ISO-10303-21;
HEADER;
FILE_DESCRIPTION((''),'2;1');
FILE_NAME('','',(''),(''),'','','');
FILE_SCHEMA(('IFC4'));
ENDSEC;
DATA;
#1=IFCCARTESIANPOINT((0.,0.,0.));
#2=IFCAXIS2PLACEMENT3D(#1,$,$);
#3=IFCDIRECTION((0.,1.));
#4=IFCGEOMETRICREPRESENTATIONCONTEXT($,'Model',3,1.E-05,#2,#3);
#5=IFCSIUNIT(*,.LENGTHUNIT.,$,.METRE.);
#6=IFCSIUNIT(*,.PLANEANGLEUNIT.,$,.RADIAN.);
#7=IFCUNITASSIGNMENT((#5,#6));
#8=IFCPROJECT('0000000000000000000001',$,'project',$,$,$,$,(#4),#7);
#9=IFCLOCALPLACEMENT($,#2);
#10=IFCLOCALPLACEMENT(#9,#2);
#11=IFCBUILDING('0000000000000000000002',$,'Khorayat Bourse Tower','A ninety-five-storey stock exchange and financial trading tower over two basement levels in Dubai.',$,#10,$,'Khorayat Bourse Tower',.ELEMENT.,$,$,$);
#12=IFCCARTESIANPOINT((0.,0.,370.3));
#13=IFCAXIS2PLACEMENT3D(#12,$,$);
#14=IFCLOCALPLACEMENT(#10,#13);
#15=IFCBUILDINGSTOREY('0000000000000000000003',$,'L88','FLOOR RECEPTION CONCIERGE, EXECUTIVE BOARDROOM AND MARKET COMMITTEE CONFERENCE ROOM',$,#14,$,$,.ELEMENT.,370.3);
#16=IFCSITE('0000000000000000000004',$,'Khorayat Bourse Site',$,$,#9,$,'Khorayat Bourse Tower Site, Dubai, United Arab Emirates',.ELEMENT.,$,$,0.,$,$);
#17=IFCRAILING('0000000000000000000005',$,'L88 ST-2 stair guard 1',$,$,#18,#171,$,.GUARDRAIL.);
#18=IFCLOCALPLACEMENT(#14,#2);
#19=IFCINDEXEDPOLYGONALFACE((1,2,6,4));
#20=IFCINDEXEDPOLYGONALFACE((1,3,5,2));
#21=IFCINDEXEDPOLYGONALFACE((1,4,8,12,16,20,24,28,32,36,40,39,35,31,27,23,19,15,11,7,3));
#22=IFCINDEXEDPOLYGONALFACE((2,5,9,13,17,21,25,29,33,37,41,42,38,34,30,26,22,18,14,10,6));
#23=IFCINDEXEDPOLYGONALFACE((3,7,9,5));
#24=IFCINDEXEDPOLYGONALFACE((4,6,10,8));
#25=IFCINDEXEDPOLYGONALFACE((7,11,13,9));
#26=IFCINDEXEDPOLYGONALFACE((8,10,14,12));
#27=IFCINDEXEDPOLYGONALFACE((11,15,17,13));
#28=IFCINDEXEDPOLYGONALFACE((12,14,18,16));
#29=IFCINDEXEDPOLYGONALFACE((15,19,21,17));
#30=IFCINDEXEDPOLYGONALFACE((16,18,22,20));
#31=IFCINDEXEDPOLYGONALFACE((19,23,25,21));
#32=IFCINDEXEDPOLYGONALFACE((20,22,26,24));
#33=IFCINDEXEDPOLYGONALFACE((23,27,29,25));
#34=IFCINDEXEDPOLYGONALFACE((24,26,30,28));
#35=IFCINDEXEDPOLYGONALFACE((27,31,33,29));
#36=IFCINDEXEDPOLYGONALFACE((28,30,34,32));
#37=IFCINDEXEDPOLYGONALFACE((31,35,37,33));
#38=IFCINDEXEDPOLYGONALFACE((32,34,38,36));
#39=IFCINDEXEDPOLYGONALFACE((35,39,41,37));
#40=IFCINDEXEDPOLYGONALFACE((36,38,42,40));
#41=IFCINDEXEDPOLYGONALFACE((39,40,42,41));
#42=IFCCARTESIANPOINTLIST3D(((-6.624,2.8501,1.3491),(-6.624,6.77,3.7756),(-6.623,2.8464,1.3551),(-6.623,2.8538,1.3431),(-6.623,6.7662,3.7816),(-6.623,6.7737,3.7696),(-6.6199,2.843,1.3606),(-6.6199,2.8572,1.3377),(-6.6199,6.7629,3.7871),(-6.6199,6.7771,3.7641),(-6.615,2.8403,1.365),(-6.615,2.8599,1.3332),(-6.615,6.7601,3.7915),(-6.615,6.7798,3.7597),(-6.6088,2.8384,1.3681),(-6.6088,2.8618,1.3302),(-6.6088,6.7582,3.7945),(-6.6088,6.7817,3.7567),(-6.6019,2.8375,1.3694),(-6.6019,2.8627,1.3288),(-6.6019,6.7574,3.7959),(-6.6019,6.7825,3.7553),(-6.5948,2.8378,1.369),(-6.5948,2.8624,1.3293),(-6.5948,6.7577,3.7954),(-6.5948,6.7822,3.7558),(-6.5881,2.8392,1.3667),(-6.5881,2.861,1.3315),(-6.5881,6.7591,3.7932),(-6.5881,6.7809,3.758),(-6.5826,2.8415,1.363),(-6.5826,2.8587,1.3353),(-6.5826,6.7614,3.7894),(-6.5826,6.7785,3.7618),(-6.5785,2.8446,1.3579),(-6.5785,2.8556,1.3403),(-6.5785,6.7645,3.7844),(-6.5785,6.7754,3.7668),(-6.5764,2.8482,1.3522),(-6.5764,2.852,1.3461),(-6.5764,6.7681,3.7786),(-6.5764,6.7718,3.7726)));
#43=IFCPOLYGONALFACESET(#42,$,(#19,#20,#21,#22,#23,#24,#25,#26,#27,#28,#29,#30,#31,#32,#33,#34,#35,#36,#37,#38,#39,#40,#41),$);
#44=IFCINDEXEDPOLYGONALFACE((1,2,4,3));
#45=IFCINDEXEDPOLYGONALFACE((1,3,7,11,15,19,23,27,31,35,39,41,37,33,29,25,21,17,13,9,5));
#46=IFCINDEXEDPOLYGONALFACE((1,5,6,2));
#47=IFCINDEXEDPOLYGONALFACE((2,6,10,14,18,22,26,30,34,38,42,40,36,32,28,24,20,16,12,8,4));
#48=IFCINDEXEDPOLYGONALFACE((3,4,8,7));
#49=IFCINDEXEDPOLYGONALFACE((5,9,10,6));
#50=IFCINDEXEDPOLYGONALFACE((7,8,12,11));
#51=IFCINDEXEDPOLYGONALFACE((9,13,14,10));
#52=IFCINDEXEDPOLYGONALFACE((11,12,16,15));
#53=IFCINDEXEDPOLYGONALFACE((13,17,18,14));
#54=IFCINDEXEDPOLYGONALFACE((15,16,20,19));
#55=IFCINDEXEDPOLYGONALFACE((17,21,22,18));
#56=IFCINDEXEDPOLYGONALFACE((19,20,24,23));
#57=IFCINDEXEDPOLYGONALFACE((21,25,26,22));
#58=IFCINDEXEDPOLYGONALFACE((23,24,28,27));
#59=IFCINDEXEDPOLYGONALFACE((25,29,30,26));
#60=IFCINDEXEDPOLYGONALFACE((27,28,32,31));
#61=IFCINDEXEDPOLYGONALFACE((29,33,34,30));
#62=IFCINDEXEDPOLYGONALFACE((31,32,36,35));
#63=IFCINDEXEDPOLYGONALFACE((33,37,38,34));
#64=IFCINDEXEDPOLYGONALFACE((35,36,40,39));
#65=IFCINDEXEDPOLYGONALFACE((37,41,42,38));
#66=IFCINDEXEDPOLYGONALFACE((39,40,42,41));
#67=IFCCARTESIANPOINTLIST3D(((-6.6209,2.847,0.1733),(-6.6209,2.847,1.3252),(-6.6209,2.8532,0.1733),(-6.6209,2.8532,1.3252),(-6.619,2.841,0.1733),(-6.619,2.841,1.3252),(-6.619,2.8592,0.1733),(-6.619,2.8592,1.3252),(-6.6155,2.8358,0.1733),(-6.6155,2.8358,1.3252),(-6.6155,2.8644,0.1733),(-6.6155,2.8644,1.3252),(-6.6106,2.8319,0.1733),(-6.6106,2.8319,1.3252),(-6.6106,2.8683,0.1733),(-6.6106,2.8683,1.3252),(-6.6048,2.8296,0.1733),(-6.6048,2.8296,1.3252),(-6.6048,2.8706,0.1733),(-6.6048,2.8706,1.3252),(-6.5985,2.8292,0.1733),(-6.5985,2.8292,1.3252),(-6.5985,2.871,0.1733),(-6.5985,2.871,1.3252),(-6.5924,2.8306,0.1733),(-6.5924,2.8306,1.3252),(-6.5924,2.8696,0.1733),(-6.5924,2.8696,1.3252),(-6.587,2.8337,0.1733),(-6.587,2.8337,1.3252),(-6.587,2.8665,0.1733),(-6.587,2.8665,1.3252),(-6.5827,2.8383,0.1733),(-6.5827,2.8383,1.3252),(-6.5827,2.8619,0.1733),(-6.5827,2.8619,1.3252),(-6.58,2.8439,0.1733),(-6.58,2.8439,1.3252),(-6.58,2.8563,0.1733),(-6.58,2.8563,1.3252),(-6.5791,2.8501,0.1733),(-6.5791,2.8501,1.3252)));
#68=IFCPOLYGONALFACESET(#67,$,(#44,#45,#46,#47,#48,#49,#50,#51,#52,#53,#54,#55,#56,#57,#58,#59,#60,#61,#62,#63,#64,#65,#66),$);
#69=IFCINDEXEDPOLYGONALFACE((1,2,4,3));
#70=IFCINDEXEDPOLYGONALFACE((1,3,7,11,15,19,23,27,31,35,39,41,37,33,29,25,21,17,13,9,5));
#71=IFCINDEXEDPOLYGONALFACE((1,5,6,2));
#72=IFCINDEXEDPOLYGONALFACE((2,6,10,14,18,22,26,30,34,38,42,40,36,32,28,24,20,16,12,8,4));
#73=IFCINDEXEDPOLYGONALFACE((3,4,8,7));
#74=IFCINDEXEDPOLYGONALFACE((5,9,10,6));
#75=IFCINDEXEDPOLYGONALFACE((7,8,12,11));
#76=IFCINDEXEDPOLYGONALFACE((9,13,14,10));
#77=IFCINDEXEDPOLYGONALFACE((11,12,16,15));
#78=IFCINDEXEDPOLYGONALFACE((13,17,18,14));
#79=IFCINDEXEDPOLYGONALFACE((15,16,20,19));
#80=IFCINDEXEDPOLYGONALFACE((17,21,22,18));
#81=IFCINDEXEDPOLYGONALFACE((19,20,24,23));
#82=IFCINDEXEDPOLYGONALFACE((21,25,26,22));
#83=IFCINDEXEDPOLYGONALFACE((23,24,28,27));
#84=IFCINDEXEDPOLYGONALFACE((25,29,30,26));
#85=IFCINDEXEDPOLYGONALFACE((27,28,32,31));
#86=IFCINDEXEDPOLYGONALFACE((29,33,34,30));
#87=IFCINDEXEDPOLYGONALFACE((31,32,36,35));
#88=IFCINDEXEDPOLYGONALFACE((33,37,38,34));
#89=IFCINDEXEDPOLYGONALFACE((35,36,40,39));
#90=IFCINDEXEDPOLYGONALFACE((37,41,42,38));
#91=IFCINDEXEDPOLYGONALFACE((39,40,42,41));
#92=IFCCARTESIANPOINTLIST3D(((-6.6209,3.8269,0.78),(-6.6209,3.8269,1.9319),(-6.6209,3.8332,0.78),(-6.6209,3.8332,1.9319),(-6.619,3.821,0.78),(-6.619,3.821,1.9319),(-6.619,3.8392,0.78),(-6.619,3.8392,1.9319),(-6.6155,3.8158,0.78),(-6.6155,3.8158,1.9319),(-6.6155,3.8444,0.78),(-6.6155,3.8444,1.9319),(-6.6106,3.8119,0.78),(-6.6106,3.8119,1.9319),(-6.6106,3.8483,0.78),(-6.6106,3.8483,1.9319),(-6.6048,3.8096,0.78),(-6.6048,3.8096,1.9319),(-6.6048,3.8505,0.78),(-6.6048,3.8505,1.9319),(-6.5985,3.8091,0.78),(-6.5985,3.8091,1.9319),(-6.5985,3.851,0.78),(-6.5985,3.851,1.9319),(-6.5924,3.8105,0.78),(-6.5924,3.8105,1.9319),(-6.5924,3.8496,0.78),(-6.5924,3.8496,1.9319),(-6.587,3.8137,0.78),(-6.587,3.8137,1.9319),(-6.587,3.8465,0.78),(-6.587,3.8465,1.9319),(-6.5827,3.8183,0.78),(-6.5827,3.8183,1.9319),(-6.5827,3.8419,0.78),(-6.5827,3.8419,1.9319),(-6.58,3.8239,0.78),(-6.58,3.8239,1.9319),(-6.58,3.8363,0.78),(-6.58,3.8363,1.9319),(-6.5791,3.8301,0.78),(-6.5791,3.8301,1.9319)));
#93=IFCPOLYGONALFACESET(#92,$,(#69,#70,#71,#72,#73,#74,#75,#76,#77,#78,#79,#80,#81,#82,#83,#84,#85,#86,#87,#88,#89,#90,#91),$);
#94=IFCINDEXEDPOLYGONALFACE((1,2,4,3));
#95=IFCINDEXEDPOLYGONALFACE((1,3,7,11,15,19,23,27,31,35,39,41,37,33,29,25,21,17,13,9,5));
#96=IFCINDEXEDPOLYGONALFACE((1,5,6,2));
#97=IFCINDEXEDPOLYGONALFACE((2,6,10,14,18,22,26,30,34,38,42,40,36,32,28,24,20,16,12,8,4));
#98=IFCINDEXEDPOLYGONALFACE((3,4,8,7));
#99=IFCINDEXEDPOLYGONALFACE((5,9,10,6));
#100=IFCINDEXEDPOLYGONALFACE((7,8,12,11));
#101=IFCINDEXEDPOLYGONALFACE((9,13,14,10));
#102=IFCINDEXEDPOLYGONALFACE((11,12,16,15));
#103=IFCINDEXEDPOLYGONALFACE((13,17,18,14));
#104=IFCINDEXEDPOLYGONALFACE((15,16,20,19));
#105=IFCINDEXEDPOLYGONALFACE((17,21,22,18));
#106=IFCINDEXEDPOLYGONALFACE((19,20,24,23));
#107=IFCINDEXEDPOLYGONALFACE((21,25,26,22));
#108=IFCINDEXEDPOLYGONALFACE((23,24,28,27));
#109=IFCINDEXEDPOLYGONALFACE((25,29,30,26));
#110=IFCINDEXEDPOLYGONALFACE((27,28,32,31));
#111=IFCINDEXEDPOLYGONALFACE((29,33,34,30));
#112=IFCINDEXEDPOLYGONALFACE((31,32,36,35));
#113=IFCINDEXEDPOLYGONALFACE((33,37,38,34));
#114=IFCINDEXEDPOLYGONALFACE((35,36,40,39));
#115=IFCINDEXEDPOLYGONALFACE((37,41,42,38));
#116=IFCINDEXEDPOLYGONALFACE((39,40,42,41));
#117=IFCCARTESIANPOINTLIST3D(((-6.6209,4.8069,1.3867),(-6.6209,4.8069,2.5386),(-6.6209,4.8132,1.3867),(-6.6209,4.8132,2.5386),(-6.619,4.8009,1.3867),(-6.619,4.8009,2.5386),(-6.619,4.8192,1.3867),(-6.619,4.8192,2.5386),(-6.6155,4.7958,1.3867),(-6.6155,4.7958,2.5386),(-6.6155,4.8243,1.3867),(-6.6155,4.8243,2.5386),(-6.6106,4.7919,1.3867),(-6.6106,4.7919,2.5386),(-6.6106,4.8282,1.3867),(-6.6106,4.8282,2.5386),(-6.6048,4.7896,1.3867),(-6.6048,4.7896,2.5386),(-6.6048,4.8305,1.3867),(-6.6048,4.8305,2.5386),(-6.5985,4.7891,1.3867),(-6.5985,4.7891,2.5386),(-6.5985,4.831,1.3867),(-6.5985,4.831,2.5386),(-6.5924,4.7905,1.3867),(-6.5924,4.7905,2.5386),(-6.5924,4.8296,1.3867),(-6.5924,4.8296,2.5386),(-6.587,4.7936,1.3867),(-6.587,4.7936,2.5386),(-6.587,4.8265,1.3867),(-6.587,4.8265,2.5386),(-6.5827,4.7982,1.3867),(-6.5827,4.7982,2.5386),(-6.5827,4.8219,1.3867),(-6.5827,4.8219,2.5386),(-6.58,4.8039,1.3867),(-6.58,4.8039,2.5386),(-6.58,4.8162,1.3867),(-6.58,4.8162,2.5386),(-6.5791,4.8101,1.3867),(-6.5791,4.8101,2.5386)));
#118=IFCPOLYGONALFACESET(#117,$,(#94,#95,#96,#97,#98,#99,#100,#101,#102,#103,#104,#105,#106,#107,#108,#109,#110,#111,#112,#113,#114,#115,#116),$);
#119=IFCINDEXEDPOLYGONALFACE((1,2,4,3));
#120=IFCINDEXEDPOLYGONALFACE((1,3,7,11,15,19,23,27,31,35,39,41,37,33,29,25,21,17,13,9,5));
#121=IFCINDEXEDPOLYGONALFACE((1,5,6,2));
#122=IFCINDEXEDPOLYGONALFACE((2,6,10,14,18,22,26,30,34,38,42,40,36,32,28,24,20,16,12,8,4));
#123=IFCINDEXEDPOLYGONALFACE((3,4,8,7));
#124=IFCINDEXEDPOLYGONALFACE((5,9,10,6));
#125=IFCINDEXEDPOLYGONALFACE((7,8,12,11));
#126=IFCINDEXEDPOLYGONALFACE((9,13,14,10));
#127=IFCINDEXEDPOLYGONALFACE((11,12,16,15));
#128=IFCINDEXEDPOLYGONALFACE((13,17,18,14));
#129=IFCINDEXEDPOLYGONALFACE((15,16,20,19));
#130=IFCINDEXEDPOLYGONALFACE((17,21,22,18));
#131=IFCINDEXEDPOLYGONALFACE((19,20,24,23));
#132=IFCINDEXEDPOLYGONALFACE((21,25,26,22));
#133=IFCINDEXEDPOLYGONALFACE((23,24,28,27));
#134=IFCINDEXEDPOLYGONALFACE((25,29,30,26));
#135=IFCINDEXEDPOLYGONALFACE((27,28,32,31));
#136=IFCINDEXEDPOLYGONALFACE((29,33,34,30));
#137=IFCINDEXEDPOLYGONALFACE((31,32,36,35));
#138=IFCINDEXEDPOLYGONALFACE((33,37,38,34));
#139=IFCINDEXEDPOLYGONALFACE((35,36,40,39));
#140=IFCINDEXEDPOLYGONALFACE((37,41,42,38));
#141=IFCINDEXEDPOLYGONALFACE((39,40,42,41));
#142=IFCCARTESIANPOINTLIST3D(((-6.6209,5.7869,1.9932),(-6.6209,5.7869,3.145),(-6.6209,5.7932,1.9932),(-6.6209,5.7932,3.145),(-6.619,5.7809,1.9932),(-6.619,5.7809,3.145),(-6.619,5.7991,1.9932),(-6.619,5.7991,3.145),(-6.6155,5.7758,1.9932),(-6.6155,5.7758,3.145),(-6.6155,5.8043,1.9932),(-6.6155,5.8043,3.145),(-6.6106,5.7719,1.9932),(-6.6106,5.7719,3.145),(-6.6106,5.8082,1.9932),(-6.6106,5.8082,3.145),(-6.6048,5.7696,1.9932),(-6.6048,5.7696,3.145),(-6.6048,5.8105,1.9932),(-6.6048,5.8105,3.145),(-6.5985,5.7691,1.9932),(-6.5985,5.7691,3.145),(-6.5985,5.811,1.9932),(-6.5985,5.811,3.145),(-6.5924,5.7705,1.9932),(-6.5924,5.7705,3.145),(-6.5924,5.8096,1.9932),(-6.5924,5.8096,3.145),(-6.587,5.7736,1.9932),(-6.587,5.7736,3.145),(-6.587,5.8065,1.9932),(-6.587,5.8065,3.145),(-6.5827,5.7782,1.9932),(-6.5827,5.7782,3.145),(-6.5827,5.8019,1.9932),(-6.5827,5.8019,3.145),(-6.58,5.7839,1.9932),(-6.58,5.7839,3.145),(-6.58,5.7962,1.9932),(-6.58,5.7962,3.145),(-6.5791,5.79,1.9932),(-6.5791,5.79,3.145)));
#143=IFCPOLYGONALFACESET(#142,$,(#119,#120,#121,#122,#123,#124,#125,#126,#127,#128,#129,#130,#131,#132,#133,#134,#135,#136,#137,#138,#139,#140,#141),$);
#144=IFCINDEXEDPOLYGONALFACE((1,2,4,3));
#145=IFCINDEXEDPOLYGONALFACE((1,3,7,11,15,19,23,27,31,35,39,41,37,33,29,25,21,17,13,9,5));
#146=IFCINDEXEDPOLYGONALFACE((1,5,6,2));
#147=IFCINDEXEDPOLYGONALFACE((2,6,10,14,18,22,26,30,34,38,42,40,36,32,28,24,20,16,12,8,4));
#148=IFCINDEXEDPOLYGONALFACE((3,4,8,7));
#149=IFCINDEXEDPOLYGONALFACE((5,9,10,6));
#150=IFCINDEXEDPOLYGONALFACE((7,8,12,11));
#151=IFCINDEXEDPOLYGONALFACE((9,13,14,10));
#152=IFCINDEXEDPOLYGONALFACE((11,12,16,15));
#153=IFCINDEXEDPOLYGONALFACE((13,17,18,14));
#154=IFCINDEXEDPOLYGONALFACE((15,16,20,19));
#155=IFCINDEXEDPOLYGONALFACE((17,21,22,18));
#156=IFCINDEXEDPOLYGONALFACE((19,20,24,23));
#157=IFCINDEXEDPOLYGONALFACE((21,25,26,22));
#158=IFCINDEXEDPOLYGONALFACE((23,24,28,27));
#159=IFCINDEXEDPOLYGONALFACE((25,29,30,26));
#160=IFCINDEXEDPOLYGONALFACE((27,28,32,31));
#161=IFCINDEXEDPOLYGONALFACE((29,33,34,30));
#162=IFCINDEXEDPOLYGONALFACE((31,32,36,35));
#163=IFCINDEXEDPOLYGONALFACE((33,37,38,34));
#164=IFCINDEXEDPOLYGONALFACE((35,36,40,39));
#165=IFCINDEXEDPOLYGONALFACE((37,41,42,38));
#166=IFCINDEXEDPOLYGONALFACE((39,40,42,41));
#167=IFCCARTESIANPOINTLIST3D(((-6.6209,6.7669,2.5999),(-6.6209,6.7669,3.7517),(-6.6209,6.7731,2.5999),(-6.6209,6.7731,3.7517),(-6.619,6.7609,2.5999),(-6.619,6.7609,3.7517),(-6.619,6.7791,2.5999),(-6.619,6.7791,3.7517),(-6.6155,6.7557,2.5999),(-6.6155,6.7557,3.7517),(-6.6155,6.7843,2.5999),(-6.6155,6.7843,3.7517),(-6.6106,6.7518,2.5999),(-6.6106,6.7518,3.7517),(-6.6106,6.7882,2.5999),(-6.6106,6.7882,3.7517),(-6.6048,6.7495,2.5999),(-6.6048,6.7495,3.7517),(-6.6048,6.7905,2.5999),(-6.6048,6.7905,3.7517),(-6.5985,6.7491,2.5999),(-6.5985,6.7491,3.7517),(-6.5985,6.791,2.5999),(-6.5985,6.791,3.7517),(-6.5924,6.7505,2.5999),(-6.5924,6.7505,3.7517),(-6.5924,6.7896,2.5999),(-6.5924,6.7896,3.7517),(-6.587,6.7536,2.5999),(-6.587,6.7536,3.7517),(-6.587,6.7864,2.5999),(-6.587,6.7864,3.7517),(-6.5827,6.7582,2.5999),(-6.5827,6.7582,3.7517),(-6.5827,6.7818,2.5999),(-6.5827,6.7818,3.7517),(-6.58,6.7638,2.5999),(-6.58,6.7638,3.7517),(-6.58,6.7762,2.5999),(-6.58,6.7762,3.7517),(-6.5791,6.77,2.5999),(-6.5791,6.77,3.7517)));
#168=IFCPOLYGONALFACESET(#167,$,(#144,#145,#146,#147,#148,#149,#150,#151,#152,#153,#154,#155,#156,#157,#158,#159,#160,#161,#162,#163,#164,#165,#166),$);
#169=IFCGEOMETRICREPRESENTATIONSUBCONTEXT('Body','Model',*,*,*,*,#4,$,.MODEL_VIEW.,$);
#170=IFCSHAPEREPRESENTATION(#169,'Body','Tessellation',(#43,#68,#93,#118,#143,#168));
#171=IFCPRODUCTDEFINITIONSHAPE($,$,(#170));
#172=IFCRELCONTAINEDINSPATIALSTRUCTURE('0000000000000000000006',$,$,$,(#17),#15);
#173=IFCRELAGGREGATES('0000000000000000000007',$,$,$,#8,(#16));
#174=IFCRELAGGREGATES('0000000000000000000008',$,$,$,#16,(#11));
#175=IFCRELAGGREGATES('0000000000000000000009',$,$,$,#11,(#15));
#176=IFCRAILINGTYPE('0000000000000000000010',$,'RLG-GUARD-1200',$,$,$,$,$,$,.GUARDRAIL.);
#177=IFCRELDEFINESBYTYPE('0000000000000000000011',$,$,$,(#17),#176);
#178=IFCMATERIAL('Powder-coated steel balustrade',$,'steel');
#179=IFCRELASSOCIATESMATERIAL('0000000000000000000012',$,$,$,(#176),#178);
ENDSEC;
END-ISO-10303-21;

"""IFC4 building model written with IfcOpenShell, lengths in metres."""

from ifc_helpers import new_model, si_unit, direction, frame, origin, origin_2d, place, context, subcontext, project, spatial, circle, extrude, source, transform, mapped, material, type_object, element, save


model = new_model("IFC4")

# Units and contexts
model_context = context("Model", 3, precision=1e-05, world=origin(), true_north=direction((0.0, 1.0)))
body_context = subcontext(model_context, "Body", "Model", "MODEL_VIEW")
ifc_project = project(units=[si_unit("LENGTHUNIT", "METRE"), si_unit("PLANEANGLEUNIT", "RADIAN")], contexts=[model_context])

# Site, building, storey
site_placement = place(None, origin())
site = spatial("IfcSite", under=ifc_project, at=site_placement, Name="Khorayat Bourse Site", LongName="Khorayat Bourse Tower Site, Dubai, United Arab Emirates", CompositionType="ELEMENT", RefElevation=0.0)
building_placement = place(site_placement, origin())
building = spatial("IfcBuilding", under=site, at=building_placement, Name="Khorayat Bourse Tower", Description="A ninety-five-storey stock exchange and financial trading tower over two basement levels in Dubai.", LongName="Khorayat Bourse Tower", CompositionType="ELEMENT")
storey_placement = place(building_placement, frame((0.0, 0.0, 370.3)))
storey = spatial("IfcBuildingStorey", under=building, at=storey_placement, Name="L88", Description="FLOOR RECEPTION CONCIERGE, EXECUTIVE BOARDROOM AND MARKET COMMITTEE CONFERENCE ROOM", CompositionType="ELEMENT", Elevation=370.3)

# Railing
ifc_material_1 = material(Name="Powder-coated steel balustrade", Category="steel")
railing_type_1 = type_object("IfcRailingType", Name="RLG-GUARD-1200", PredefinedType="GUARDRAIL", material=ifc_material_1)
shared_shape_1 = source(origin(), body_context, "Body", "SweptSolid", [
    extrude(circle(Radius=0.0239, at=origin_2d()), frame((0.0, 0.0, 1.1758), z_axis=(0.0, 0.850275, 0.526338), x_axis=(-1.0, 0.0, 0.0)), (0.0, 0.0, 1.0), 4.6101),
    extrude(circle(Radius=0.021, at=origin_2d()), origin(), (0.0, 0.0, 1.0), 1.1519),
    extrude(circle(Radius=0.021, at=origin_2d()), frame((0.0, 0.98, 0.6067)), (0.0, 0.0, 1.0), 1.1519),
    extrude(circle(Radius=0.021, at=origin_2d()), frame((0.0, 1.96, 1.2134)), (0.0, 0.0, 1.0), 1.1519),
    extrude(circle(Radius=0.021, at=origin_2d()), frame((0.0, 2.9399, 1.8198)), (0.0, 0.0, 1.0), 1.1519),
    extrude(circle(Radius=0.021, at=origin_2d()), frame((0.0, 3.9199, 2.4265)), (0.0, 0.0, 1.0), 1.1519),
])
railing_1_placement = place(storey_placement, frame((-6.6001, 2.8501, 0.1733)))
element("IfcRailing", 1, at=railing_1_placement, inside=storey, type_object=railing_type_1, Name="L88 ST-2 stair guard 1", PredefinedType="GUARDRAIL", context=body_context, shape_type="MappedRepresentation", body=[
    mapped(shared_shape_1, transform((0.0, 0.0, 0.0), scale=1.0)),
])

save(model, "model.ifc")
